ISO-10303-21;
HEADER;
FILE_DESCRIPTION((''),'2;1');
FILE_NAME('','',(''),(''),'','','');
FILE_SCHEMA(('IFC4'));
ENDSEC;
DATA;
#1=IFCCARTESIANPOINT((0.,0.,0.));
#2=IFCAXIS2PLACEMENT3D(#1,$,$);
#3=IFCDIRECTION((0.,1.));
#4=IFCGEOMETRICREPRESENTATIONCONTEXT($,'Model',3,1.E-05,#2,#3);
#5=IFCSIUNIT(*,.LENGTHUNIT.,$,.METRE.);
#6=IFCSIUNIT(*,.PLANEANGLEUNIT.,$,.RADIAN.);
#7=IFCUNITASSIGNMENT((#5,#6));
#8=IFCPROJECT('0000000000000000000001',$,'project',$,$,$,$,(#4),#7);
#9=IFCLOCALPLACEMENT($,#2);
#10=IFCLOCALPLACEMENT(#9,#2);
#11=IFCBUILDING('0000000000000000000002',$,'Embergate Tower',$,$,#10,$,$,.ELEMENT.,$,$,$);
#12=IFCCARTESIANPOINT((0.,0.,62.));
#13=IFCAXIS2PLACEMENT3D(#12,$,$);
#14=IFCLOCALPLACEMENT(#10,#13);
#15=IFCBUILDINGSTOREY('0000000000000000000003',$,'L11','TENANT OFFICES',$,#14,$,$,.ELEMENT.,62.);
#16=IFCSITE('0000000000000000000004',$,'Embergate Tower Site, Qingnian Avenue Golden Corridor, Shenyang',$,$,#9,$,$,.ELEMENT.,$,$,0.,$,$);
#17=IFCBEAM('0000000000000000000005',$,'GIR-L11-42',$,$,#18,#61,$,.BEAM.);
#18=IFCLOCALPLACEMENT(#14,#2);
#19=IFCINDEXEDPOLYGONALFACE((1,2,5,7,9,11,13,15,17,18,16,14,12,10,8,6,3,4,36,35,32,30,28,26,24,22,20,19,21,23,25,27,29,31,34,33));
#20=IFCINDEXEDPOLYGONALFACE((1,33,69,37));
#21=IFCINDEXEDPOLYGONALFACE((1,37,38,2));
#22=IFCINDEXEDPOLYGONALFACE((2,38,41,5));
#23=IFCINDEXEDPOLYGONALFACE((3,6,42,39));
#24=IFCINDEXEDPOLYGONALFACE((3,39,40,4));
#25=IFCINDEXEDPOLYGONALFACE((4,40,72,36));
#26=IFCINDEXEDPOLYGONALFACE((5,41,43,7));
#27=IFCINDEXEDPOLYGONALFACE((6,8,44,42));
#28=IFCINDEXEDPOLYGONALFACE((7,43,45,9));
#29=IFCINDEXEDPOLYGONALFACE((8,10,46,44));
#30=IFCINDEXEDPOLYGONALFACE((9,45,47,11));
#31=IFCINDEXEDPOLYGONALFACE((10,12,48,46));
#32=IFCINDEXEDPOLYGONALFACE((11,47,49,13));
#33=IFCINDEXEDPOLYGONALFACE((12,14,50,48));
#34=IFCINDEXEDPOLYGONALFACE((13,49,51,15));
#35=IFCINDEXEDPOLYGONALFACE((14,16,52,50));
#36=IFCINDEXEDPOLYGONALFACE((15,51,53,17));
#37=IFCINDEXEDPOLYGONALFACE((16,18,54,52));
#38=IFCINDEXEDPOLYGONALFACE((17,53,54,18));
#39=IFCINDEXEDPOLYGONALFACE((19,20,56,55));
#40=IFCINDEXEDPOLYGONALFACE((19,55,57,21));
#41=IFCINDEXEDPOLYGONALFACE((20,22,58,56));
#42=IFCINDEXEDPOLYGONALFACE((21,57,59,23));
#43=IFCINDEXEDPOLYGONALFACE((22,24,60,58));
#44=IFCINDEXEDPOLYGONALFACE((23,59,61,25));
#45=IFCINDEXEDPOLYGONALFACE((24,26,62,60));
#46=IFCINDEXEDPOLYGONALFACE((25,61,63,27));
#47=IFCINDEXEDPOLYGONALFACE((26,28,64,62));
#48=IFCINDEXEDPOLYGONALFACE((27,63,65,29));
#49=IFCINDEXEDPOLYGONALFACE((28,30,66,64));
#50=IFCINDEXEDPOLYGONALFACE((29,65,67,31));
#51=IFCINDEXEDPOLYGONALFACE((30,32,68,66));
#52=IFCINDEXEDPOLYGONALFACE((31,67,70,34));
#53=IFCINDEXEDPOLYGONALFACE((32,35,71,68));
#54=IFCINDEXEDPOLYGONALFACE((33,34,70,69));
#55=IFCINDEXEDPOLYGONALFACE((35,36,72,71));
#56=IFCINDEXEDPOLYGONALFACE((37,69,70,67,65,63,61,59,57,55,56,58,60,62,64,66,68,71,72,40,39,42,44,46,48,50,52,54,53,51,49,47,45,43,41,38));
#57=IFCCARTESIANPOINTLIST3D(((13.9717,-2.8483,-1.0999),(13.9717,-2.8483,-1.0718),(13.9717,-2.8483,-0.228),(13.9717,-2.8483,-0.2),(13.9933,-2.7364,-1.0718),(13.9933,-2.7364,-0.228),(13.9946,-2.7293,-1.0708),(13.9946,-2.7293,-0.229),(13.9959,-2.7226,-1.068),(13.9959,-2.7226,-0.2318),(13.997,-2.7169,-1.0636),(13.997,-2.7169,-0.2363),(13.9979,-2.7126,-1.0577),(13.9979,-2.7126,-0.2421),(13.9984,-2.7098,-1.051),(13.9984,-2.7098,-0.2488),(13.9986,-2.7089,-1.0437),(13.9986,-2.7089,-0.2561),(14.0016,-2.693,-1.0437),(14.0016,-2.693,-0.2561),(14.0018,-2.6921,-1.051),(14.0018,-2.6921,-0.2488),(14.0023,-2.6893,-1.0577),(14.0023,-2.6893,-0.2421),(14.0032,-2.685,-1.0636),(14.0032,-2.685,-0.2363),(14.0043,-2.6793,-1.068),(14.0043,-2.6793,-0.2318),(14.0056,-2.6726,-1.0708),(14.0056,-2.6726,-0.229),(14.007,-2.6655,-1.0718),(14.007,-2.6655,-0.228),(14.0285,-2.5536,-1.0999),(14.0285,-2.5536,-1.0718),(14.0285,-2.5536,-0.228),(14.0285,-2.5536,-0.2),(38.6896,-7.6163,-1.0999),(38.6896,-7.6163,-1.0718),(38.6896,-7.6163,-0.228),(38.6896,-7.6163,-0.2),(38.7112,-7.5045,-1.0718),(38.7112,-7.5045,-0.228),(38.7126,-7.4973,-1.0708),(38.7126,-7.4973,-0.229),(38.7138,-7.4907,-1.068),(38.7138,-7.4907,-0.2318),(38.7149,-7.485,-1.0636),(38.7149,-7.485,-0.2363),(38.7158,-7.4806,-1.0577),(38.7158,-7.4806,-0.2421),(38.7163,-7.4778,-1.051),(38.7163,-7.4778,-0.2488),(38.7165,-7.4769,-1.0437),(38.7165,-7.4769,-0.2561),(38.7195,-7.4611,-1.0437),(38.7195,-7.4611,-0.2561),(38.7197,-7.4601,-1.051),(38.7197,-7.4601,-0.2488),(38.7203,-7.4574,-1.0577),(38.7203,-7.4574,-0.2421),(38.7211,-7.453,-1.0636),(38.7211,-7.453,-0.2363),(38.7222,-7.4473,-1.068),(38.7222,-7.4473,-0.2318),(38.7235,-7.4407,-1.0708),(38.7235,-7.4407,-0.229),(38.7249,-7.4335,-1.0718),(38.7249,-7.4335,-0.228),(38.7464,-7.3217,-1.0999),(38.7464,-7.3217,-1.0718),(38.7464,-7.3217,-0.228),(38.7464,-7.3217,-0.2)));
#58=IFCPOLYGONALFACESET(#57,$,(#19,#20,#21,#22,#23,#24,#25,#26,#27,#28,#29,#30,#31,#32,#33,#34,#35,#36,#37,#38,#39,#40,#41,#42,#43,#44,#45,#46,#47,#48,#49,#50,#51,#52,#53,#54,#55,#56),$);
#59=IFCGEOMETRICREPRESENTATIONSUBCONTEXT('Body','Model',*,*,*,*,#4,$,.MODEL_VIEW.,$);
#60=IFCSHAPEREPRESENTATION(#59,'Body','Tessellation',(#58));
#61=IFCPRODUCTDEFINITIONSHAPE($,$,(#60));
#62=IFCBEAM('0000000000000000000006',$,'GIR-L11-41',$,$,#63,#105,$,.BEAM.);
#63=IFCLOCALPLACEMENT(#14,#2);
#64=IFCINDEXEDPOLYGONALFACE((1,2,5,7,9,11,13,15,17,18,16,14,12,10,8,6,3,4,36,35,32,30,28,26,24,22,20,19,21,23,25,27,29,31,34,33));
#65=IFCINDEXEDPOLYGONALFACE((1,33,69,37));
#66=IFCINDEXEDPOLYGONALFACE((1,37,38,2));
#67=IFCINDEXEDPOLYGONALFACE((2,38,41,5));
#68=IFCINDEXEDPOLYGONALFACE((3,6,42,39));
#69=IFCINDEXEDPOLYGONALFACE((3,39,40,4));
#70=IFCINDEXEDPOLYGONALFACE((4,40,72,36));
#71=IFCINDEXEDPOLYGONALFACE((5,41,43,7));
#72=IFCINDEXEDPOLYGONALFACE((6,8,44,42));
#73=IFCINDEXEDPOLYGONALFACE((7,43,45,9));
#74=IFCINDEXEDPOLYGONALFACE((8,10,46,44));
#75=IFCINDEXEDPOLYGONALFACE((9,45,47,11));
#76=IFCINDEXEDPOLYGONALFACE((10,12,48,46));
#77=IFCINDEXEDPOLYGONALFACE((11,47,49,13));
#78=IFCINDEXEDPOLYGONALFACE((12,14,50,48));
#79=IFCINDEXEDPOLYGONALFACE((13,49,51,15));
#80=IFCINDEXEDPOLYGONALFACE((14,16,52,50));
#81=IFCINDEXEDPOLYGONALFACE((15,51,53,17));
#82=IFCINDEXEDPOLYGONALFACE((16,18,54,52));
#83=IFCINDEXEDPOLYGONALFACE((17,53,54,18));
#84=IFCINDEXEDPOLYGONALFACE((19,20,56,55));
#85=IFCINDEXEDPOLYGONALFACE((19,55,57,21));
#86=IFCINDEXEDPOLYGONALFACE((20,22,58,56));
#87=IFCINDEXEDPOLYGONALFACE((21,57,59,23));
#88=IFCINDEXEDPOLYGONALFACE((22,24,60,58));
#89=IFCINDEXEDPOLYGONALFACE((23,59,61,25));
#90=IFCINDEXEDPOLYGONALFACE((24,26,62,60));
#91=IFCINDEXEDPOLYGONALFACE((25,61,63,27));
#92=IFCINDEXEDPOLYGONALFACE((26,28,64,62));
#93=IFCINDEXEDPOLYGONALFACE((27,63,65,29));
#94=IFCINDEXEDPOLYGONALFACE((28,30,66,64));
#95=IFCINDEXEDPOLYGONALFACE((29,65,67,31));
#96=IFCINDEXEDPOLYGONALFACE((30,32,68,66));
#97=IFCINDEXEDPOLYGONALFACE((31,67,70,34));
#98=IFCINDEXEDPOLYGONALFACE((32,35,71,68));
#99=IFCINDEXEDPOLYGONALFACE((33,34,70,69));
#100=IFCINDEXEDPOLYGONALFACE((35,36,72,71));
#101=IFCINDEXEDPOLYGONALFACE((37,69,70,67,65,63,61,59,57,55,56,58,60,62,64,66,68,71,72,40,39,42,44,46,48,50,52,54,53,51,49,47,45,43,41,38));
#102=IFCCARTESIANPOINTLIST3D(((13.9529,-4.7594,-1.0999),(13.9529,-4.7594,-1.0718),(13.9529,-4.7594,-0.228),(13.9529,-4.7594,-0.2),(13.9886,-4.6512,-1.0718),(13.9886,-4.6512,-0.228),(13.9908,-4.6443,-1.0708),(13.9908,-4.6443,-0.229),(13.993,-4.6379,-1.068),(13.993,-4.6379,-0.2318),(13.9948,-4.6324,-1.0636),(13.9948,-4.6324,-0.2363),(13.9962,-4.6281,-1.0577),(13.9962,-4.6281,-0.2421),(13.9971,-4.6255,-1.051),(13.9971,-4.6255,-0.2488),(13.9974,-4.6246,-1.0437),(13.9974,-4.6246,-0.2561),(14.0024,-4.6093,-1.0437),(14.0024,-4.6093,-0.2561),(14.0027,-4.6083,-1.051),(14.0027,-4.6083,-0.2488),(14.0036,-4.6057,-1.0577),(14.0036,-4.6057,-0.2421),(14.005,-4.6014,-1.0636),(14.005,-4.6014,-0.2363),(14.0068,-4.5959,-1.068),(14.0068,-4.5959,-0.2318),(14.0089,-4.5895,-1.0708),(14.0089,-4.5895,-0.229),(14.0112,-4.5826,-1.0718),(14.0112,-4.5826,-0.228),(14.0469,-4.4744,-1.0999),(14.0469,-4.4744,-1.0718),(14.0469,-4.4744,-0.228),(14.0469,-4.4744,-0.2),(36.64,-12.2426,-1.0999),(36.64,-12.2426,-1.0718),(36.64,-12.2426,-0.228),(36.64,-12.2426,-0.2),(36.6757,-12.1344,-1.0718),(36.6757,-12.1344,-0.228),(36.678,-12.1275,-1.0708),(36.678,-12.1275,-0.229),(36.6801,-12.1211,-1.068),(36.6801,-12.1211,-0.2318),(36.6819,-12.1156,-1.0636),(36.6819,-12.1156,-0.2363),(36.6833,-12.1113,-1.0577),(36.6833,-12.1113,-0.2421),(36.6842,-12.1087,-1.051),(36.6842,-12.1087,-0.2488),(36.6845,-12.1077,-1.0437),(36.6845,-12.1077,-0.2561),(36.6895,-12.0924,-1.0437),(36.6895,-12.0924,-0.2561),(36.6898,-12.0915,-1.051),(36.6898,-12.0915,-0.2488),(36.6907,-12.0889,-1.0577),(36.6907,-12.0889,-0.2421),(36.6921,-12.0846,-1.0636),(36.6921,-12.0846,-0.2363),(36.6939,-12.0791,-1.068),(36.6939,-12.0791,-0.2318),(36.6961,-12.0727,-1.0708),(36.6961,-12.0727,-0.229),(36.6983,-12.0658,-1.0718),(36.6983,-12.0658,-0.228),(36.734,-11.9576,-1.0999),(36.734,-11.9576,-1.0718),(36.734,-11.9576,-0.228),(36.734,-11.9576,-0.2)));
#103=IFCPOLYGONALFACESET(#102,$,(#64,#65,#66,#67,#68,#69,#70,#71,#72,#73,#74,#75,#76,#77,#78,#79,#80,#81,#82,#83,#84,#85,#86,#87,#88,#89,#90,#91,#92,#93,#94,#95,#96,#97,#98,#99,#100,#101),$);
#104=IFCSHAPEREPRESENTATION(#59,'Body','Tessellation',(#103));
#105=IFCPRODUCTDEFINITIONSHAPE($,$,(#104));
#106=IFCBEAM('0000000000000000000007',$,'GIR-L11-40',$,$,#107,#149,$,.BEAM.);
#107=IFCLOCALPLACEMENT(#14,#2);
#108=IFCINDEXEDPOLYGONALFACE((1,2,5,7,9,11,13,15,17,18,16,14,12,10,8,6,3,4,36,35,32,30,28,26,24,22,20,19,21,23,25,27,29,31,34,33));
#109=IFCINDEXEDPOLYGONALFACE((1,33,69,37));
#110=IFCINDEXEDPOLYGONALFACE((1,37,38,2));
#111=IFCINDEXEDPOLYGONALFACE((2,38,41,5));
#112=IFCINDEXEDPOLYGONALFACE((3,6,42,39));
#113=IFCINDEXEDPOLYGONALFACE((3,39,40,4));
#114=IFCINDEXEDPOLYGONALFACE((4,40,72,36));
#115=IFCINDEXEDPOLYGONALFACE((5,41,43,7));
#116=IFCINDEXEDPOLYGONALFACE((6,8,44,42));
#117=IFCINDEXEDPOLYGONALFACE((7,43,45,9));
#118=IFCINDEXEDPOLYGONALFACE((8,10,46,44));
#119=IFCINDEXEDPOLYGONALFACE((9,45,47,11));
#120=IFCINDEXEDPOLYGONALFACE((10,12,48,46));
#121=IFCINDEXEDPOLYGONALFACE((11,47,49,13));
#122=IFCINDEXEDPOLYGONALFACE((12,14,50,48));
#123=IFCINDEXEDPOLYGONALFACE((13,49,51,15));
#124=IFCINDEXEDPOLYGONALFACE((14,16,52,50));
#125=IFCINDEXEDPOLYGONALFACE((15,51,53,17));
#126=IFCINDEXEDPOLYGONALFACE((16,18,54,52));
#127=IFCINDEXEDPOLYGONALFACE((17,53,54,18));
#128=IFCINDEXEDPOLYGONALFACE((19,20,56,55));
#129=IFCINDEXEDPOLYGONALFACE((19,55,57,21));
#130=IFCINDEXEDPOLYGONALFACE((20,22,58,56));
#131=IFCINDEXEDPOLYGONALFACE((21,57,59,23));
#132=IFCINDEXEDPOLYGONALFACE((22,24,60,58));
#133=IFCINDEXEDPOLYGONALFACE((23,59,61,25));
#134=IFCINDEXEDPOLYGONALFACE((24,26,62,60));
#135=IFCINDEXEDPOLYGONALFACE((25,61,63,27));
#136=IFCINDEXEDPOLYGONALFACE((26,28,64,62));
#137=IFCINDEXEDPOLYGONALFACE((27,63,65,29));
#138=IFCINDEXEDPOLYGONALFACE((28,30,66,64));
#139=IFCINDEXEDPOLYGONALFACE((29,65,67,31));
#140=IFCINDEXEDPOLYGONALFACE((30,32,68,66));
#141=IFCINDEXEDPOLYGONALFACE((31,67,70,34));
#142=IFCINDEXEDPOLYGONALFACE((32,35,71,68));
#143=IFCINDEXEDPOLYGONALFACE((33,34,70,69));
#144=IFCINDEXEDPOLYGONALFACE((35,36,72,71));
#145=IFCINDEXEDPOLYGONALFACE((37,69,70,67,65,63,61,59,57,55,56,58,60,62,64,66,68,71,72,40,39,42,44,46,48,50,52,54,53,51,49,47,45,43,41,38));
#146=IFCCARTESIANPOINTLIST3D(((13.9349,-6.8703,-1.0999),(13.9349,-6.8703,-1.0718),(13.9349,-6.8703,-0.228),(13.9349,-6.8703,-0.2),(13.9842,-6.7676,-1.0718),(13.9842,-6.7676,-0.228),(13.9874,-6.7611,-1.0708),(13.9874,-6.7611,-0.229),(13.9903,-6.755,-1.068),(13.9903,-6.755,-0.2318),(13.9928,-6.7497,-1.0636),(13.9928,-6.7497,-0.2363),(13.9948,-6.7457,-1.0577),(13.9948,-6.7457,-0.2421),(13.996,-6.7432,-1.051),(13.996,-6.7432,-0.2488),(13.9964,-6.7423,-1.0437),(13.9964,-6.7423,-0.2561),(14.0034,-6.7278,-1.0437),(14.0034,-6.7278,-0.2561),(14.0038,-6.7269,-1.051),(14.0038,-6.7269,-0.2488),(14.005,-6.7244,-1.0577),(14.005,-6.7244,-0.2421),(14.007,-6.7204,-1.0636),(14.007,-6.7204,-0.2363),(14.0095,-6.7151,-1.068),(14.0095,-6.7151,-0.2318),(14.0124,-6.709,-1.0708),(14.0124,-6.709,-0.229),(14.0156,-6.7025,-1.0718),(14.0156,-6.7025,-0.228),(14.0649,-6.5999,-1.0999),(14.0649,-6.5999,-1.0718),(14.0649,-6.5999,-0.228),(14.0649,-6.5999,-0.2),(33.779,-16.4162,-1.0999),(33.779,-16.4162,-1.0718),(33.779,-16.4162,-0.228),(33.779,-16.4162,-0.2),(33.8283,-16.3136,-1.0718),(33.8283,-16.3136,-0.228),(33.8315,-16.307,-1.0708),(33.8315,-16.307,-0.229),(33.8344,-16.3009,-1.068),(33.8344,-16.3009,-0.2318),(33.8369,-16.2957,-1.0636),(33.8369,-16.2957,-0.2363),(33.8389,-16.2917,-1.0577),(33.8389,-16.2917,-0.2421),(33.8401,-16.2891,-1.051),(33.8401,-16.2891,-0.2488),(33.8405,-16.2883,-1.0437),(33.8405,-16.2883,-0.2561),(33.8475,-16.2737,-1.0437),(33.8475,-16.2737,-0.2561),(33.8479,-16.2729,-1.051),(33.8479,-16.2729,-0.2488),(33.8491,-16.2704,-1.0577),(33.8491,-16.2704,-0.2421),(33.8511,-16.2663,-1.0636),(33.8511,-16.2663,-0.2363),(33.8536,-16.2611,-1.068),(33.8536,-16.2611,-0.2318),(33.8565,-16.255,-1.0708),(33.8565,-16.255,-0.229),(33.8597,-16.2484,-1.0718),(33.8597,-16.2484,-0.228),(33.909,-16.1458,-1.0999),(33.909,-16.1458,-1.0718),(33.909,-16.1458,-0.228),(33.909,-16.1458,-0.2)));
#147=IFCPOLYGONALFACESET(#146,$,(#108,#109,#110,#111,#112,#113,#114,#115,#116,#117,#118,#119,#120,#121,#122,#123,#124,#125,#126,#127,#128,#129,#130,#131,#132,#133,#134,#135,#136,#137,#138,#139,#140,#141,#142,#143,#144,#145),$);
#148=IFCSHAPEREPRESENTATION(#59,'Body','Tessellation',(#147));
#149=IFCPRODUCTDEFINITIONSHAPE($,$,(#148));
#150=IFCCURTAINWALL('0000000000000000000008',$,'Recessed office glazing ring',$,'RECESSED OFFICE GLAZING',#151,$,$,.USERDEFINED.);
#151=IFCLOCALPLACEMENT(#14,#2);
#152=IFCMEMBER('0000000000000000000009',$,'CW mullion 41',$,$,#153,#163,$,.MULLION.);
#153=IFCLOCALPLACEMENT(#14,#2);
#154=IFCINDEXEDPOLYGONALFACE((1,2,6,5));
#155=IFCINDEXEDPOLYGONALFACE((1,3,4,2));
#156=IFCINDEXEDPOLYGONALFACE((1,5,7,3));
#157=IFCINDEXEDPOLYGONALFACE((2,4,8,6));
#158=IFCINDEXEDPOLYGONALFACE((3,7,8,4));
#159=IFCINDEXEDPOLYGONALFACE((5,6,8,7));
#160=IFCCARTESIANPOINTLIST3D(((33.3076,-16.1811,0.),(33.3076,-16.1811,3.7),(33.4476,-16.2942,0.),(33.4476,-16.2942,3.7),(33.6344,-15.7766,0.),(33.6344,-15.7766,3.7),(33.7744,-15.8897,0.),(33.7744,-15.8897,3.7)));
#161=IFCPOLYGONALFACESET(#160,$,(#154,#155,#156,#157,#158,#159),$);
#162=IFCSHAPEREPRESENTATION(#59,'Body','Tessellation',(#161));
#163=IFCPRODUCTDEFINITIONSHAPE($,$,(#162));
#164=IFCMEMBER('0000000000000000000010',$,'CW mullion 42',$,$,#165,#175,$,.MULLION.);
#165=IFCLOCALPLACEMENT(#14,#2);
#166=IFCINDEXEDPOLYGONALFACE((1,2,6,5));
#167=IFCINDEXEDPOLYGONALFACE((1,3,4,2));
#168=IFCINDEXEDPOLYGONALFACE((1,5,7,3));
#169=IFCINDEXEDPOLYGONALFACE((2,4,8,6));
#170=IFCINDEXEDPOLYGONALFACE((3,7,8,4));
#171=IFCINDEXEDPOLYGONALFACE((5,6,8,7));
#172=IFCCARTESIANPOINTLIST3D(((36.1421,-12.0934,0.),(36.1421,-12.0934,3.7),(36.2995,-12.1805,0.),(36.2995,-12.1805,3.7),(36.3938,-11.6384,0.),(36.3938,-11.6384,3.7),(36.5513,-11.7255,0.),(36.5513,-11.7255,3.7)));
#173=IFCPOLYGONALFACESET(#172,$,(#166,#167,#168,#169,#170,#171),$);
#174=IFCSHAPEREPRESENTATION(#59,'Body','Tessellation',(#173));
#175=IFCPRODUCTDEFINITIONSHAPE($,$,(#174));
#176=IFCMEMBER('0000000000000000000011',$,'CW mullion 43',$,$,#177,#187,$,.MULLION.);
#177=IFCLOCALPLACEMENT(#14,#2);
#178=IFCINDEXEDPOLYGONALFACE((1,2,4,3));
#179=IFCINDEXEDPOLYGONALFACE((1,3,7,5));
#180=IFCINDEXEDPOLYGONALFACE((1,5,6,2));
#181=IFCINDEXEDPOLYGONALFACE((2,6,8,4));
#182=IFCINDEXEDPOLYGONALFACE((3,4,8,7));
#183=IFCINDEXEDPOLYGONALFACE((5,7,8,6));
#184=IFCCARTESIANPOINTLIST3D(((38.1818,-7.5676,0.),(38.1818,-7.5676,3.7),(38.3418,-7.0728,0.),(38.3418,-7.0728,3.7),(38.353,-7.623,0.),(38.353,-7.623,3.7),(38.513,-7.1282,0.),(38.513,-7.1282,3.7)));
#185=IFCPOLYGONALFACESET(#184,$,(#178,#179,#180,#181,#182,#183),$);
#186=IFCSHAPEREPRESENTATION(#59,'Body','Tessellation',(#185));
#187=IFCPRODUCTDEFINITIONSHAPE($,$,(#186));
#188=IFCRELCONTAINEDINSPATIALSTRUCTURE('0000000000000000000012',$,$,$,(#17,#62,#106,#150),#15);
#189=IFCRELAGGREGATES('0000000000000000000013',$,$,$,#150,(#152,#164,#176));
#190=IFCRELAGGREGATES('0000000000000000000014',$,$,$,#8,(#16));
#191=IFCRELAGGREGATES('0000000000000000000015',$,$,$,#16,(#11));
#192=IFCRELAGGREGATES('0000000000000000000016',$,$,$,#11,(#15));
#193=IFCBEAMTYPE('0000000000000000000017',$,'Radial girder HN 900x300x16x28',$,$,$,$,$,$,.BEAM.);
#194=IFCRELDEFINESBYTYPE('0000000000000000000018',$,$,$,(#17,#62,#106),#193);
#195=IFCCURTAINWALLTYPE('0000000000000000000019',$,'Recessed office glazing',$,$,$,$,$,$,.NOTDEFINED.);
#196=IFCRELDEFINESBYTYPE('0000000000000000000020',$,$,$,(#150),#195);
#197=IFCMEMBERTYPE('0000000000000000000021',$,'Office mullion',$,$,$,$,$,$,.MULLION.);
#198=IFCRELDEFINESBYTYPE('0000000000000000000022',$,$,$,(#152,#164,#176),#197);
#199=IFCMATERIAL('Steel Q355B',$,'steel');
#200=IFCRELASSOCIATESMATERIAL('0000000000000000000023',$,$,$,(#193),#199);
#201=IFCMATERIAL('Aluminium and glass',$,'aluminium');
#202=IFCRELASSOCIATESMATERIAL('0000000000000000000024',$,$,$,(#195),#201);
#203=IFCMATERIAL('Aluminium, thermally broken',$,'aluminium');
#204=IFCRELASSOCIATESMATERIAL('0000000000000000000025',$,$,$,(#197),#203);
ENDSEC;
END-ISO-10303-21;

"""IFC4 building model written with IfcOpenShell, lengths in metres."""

from ifc_helpers import new_model, si_unit, direction, frame, origin, origin_2d, place, context, subcontext, project, spatial, rectangle, i_section, extrude, source, transform, mapped, material, material_profile, profile_set, type_object, element, aggregate, save


model = new_model("IFC4")

# Units and contexts
model_context = context("Model", 3, precision=1e-05, world=origin(), true_north=direction((0.0, 1.0)))
body_context = subcontext(model_context, "Body", "Model", "MODEL_VIEW")
ifc_project = project(units=[si_unit("LENGTHUNIT", "METRE"), si_unit("PLANEANGLEUNIT", "RADIAN")], contexts=[model_context])

# Site, building, storey
site_placement = place(None, origin())
site = spatial("IfcSite", under=ifc_project, at=site_placement, Name="Embergate Tower Site, Qingnian Avenue Golden Corridor, Shenyang", CompositionType="ELEMENT", RefElevation=0.0)
building_placement = place(site_placement, origin())
building = spatial("IfcBuilding", under=site, at=building_placement, Name="Embergate Tower", CompositionType="ELEMENT")
storey_placement = place(building_placement, frame((0.0, 0.0, 62.0)))
storey = spatial("IfcBuildingStorey", under=building, at=storey_placement, Name="L11", Description="TENANT OFFICES", CompositionType="ELEMENT", Elevation=62.0)

# Beams
ifc_material_1 = material(Name="Steel Q355B", Category="steel")
ifc_material_profile_1 = material_profile(ifc_material_1, i_section(OverallWidth=0.3, OverallDepth=0.8999, WebThickness=0.0161, FlangeThickness=0.0281, FilletRadius=0.0281, at=origin_2d()), Name="HN 900x300x16x28")
ifc_profile_set_1 = profile_set([ifc_material_profile_1], Name="Steel Q355 grade B")
beam_type_1 = type_object("IfcBeamType", Name="Radial girder HN 900x300x16x28", PredefinedType="BEAM", material=ifc_profile_set_1)
shared_shape_1 = source(origin(), body_context, "Body", "SweptSolid", [
    extrude(i_section(OverallWidth=0.3, OverallDepth=0.8999, WebThickness=0.0161, FlangeThickness=0.0281, FilletRadius=0.0281, at=origin_2d()), origin(), (0.0, 0.0, 1.0), 25.1736),
])
beam_1_placement = place(storey_placement, frame((38.718, -7.469, -0.6499), z_axis=(-0.981899, 0.189407, 0.0), x_axis=(-0.189407, -0.981899, 0.0)))
element("IfcBeam", 1, at=beam_1_placement, inside=storey, type_object=beam_type_1, Name="GIR-L11-42", PredefinedType="BEAM", context=body_context, shape_type="MappedRepresentation", body=[
    mapped(shared_shape_1, transform((0.0, 0.0, 0.0))),
])
shared_shape_2 = source(origin(), body_context, "Body", "SweptSolid", [
    extrude(i_section(OverallWidth=0.3, OverallDepth=0.8999, WebThickness=0.0161, FlangeThickness=0.0281, FilletRadius=0.0281, at=origin_2d()), origin(), (0.0, 0.0, 1.0), 23.8894),
])
beam_2_placement = place(storey_placement, frame((36.687, -12.1001, -0.6499), z_axis=(-0.949673, 0.313243, 0.0), x_axis=(-0.313243, -0.949673, 0.0)))
element("IfcBeam", 2, at=beam_2_placement, inside=storey, type_object=beam_type_1, Name="GIR-L11-41", PredefinedType="BEAM", context=body_context, shape_type="MappedRepresentation", body=[
    mapped(shared_shape_2, transform((0.0, 0.0, 0.0))),
])
shared_shape_3 = source(origin(), body_context, "Body", "SweptSolid", [
    extrude(i_section(OverallWidth=0.3, OverallDepth=0.8999, WebThickness=0.0161, FlangeThickness=0.0281, FilletRadius=0.0281, at=origin_2d()), origin(), (0.0, 0.0, 1.0), 22.0208),
])
beam_3_placement = place(storey_placement, frame((33.844, -16.281, -0.6499), z_axis=(-0.901155, 0.433498, 0.0), x_axis=(-0.433498, -0.901155, 0.0)))
element("IfcBeam", 3, at=beam_3_placement, inside=storey, type_object=beam_type_1, Name="GIR-L11-40", PredefinedType="BEAM", context=body_context, shape_type="MappedRepresentation", body=[
    mapped(shared_shape_3, transform((0.0, 0.0, 0.0))),
])

# Curtain wall, members
ifc_material_2 = material(Name="Aluminium and glass", Category="aluminium")
curtain_wall_type = type_object("IfcCurtainWallType", Name="Recessed office glazing", PredefinedType="NOTDEFINED", material=ifc_material_2)
curtain_wall_placement = place(storey_placement, origin())
curtain_wall = element("IfcCurtainWall", 4, at=curtain_wall_placement, inside=storey, type_object=curtain_wall_type, Name="Recessed office glazing ring", ObjectType="RECESSED OFFICE GLAZING", PredefinedType="USERDEFINED")
ifc_material_3 = material(Name="Aluminium, thermally broken", Category="aluminium")
ifc_material_profile_2 = material_profile(ifc_material_3, rectangle(XDim=0.1799, YDim=0.52, at=origin_2d()), Name="AL 520x180")
ifc_profile_set_2 = profile_set([ifc_material_profile_2], Name="Aluminium, thermally broken")
member_type_1 = type_object("IfcMemberType", Name="Office mullion", PredefinedType="MULLION", material=ifc_profile_set_2)
shared_shape_4 = source(origin(), body_context, "Body", "SweptSolid", [
    extrude(rectangle(XDim=0.1799, YDim=0.52, at=origin_2d()), origin(), (0.0, 0.0, 1.0), 3.7),
])
member_1_placement = place(storey_placement, frame((33.541, -16.0354, 0.0), z_axis=(0.0, 0.0, 1.0), x_axis=(-0.777884, 0.628408, 0.0)))
member_1 = element("IfcMember", 5, at=member_1_placement, type_object=member_type_1, Name="CW mullion 41", PredefinedType="MULLION", context=body_context, shape_type="MappedRepresentation", body=[
    mapped(shared_shape_4, transform((0.0, 0.0, 0.0))),
])
member_2_placement = place(storey_placement, frame((36.3467, -11.9094, 0.0), z_axis=(0.0, 0.0, 1.0), x_axis=(-0.87501, 0.484104, 0.0)))
member_2 = element("IfcMember", 6, at=member_2_placement, type_object=member_type_1, Name="CW mullion 42", PredefinedType="MULLION", context=body_context, shape_type="MappedRepresentation", body=[
    mapped(shared_shape_4, transform((0.0, 0.0, 0.0))),
])
member_3_placement = place(storey_placement, frame((38.3474, -7.3479, 0.0), z_axis=(0.0, 0.0, 1.0), x_axis=(-0.951502, 0.307642, 0.0)))
member_3 = element("IfcMember", 7, at=member_3_placement, type_object=member_type_1, Name="CW mullion 43", PredefinedType="MULLION", context=body_context, shape_type="MappedRepresentation", body=[
    mapped(shared_shape_4, transform((0.0, 0.0, 0.0))),
])
aggregate(curtain_wall, [member_1, member_2, member_3])

save(model, "model.ifc")
